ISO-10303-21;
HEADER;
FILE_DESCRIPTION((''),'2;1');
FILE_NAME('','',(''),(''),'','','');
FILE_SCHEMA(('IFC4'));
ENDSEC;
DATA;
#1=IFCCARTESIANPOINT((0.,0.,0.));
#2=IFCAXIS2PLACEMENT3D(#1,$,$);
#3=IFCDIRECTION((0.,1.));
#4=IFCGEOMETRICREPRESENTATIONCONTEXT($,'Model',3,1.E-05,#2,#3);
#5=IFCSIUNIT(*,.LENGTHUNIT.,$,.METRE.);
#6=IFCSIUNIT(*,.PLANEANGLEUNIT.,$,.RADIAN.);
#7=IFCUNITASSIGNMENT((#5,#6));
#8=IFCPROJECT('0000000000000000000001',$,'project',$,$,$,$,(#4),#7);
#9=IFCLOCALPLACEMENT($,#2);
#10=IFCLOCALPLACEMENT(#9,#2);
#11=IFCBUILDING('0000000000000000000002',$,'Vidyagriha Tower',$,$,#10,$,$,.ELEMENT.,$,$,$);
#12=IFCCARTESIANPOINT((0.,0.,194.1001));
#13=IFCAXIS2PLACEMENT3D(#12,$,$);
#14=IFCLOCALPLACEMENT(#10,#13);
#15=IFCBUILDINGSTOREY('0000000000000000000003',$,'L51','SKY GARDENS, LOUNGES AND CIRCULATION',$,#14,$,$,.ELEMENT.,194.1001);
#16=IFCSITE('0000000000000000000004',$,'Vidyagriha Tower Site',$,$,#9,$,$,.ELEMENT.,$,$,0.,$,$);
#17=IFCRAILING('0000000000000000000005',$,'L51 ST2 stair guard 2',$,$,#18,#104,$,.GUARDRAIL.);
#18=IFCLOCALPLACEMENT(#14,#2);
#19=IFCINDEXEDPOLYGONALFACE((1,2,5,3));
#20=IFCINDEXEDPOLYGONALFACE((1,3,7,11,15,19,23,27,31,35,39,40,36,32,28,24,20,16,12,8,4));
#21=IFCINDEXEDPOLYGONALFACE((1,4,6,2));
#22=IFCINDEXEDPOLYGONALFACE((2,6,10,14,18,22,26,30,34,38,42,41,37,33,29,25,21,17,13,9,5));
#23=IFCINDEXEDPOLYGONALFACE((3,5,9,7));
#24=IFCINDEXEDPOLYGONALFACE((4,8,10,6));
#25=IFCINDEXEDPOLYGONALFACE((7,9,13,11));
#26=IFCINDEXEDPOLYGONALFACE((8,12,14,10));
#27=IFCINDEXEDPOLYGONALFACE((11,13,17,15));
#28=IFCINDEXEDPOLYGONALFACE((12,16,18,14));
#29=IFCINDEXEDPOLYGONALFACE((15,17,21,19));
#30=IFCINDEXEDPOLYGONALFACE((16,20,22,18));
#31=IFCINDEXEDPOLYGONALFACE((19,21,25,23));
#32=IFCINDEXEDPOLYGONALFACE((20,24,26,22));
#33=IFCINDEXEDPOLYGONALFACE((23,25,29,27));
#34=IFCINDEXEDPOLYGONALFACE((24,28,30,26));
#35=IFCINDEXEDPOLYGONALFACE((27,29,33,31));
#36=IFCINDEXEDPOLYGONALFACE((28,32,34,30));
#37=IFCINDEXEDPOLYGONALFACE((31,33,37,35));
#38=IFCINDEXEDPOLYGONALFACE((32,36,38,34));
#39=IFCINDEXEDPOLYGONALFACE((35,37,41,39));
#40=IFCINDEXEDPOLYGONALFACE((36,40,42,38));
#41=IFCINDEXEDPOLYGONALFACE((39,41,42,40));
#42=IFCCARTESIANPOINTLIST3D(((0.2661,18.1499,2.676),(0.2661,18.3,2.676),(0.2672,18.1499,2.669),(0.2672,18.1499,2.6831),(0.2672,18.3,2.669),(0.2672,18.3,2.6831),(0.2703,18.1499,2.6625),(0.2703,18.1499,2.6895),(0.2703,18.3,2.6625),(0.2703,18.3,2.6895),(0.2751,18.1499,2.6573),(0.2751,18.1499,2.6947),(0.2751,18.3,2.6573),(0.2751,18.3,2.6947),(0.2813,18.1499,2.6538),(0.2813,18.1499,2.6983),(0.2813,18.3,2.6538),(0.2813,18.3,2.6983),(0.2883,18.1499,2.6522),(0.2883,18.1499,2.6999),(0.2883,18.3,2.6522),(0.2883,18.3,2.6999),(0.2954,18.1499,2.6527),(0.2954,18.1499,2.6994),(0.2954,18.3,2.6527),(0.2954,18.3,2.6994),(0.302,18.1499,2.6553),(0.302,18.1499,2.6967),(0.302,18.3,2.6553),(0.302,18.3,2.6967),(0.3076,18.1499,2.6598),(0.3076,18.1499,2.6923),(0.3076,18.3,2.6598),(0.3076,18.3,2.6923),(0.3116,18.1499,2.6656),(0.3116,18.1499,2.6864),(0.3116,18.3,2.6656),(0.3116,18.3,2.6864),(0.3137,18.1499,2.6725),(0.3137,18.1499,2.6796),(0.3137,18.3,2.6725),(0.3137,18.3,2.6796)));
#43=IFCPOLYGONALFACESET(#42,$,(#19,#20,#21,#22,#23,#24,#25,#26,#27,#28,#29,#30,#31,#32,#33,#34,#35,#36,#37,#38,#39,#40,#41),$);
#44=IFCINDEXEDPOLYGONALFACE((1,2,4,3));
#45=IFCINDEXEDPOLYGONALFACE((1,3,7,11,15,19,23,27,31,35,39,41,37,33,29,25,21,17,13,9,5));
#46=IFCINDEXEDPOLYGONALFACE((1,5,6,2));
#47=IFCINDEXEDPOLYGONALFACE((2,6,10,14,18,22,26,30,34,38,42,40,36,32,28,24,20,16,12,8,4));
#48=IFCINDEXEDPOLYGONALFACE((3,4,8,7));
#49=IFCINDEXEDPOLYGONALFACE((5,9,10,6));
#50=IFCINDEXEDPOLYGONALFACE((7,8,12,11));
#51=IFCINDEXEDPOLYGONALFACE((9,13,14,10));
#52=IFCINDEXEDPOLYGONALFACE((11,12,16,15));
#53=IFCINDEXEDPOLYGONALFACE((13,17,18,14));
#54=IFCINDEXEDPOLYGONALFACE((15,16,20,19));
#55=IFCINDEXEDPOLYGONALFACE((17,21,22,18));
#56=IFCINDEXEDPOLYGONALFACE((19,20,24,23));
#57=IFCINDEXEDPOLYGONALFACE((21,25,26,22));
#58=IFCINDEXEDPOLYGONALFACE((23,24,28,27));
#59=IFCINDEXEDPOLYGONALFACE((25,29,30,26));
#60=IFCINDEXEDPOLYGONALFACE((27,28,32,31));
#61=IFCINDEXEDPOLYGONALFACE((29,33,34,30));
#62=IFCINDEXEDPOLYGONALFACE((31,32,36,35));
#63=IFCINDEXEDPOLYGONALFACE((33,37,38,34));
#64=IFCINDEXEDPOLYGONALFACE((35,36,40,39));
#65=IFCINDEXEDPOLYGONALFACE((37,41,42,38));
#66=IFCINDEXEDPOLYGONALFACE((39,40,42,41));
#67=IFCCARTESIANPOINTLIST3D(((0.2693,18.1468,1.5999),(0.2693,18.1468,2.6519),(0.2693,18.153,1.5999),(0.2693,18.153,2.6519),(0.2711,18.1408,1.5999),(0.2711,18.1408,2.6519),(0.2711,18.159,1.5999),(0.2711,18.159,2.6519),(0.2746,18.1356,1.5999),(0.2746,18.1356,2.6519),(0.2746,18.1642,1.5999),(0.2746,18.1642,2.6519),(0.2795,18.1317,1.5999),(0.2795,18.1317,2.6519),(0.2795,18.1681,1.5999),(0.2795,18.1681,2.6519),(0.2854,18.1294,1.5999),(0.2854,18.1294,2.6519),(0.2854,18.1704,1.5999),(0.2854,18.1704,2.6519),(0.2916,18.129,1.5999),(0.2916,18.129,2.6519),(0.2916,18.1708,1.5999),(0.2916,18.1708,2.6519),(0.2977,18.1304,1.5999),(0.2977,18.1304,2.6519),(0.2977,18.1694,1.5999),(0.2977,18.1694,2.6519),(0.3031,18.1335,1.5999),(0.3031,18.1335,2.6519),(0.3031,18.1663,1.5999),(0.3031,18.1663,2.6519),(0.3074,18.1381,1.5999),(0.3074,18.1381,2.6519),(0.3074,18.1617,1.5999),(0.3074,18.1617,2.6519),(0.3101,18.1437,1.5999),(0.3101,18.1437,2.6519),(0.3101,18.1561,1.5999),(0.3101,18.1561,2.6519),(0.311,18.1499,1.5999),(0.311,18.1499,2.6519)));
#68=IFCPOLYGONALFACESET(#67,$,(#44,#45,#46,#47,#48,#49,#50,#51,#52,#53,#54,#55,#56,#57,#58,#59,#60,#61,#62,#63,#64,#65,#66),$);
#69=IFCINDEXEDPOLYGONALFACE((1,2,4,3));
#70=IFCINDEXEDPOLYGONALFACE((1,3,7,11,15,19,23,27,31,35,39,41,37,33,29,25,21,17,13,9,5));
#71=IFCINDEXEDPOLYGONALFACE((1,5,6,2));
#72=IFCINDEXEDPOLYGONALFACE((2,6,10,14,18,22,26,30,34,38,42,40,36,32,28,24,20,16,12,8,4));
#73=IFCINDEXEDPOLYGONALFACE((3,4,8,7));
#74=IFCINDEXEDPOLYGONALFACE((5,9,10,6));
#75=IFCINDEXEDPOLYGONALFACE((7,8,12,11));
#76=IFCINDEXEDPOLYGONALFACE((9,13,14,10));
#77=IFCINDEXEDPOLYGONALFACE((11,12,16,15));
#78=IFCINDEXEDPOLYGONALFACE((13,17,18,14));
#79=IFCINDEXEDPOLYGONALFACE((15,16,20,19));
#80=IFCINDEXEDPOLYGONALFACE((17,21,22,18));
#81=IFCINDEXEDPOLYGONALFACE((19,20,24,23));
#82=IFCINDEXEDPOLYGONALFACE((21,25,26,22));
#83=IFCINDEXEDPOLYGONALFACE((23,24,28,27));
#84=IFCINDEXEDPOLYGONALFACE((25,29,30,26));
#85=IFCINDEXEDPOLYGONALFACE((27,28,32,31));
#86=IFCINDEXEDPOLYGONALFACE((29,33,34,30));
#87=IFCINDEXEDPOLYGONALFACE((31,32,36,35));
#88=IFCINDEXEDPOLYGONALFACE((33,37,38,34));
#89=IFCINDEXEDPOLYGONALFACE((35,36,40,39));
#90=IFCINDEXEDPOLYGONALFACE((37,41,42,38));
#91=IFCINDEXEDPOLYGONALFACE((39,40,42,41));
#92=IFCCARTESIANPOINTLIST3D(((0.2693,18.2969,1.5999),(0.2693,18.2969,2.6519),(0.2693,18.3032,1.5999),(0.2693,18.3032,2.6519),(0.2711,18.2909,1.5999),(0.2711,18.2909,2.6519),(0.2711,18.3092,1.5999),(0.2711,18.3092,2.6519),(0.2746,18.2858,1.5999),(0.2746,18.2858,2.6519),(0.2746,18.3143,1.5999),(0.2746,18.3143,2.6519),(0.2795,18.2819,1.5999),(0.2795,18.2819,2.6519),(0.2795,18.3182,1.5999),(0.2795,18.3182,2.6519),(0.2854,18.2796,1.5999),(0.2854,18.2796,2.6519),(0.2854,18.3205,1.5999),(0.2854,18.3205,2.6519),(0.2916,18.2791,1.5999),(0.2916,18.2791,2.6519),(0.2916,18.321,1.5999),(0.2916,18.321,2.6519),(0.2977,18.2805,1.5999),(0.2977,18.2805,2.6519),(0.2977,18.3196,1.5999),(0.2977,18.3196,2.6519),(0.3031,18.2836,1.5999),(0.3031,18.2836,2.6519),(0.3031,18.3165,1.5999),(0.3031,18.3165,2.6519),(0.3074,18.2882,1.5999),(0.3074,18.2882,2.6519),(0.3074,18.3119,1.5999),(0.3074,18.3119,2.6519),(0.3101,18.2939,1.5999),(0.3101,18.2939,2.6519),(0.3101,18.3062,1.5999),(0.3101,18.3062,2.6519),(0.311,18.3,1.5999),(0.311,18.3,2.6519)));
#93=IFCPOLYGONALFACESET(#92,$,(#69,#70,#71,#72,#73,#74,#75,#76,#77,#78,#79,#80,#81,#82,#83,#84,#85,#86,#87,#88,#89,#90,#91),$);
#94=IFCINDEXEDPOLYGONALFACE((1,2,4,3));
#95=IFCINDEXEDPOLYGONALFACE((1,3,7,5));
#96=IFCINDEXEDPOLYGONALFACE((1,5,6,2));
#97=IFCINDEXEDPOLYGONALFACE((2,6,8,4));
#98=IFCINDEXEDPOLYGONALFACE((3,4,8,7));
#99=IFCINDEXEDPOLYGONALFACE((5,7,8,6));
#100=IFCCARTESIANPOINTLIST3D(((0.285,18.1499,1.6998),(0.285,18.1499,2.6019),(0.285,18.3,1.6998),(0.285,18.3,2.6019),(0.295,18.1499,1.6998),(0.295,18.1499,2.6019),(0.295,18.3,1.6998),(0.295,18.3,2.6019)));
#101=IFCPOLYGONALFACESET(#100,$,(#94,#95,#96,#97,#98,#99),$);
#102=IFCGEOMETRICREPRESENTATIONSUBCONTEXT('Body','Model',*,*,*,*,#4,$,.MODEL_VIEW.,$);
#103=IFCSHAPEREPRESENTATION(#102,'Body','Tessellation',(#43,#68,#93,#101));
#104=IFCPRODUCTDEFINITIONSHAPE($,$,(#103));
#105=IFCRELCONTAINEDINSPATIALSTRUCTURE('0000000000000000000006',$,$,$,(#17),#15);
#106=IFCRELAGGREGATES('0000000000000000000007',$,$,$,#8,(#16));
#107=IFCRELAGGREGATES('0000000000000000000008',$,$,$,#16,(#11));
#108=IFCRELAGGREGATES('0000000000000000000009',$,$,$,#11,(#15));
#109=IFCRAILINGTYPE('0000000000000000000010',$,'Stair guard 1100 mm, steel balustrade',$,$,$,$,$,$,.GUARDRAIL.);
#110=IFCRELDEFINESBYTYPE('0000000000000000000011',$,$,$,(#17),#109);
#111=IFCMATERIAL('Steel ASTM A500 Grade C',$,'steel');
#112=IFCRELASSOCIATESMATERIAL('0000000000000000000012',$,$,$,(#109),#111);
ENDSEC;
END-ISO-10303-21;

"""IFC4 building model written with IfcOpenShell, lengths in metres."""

from ifc_helpers import new_model, si_unit, direction, frame, origin, origin_2d, place, context, subcontext, project, spatial, rectangle, circle, extrude, material, type_object, element, save


model = new_model("IFC4")

# Units and contexts
model_context = context("Model", 3, precision=1e-05, world=origin(), true_north=direction((0.0, 1.0)))
body_context = subcontext(model_context, "Body", "Model", "MODEL_VIEW")
ifc_project = project(units=[si_unit("LENGTHUNIT", "METRE"), si_unit("PLANEANGLEUNIT", "RADIAN")], contexts=[model_context])

# Site, building, storey
site_placement = place(None, origin())
site = spatial("IfcSite", under=ifc_project, at=site_placement, Name="Vidyagriha Tower Site", CompositionType="ELEMENT", RefElevation=0.0)
building_placement = place(site_placement, origin())
building = spatial("IfcBuilding", under=site, at=building_placement, Name="Vidyagriha Tower", CompositionType="ELEMENT")
storey_placement = place(building_placement, frame((0.0, 0.0, 194.1001)))
storey = spatial("IfcBuildingStorey", under=building, at=storey_placement, Name="L51", Description="SKY GARDENS, LOUNGES AND CIRCULATION", CompositionType="ELEMENT", Elevation=194.1001)

# Railing
ifc_material_1 = material(Name="Steel ASTM A500 Grade C", Category="steel")
railing_type_1 = type_object("IfcRailingType", Name="Stair guard 1100 mm, steel balustrade", PredefinedType="GUARDRAIL", material=ifc_material_1)
railing_1_placement = place(storey_placement, frame((0.29, 18.1499, 1.5999)))
element("IfcRailing", 1, at=railing_1_placement, inside=storey, type_object=railing_type_1, Name="L51 ST2 stair guard 2", PredefinedType="GUARDRAIL", context=body_context, shape_type="SweptSolid", body=[
    extrude(circle(Radius=0.0239, at=origin_2d()), frame((0.0, 0.0, 1.0762), z_axis=(0.0, 1.0, 0.0), x_axis=(-1.0, 0.0, 0.0)), (0.0, 0.0, 1.0), 0.1501),
    extrude(circle(Radius=0.021, at=origin_2d()), origin(), (0.0, 0.0, 1.0), 1.052),
    extrude(circle(Radius=0.021, at=origin_2d()), frame((0.0, 0.1501, 0.0)), (0.0, 0.0, 1.0), 1.052),
    extrude(rectangle(XDim=0.01, YDim=0.9021, at=origin_2d()), frame((0.0, 0.0, 0.551), z_axis=(0.0, 1.0, 0.0), x_axis=(-1.0, 0.0, 0.0)), (0.0, 0.0, 1.0), 0.1501),
])

save(model, "model.ifc")
